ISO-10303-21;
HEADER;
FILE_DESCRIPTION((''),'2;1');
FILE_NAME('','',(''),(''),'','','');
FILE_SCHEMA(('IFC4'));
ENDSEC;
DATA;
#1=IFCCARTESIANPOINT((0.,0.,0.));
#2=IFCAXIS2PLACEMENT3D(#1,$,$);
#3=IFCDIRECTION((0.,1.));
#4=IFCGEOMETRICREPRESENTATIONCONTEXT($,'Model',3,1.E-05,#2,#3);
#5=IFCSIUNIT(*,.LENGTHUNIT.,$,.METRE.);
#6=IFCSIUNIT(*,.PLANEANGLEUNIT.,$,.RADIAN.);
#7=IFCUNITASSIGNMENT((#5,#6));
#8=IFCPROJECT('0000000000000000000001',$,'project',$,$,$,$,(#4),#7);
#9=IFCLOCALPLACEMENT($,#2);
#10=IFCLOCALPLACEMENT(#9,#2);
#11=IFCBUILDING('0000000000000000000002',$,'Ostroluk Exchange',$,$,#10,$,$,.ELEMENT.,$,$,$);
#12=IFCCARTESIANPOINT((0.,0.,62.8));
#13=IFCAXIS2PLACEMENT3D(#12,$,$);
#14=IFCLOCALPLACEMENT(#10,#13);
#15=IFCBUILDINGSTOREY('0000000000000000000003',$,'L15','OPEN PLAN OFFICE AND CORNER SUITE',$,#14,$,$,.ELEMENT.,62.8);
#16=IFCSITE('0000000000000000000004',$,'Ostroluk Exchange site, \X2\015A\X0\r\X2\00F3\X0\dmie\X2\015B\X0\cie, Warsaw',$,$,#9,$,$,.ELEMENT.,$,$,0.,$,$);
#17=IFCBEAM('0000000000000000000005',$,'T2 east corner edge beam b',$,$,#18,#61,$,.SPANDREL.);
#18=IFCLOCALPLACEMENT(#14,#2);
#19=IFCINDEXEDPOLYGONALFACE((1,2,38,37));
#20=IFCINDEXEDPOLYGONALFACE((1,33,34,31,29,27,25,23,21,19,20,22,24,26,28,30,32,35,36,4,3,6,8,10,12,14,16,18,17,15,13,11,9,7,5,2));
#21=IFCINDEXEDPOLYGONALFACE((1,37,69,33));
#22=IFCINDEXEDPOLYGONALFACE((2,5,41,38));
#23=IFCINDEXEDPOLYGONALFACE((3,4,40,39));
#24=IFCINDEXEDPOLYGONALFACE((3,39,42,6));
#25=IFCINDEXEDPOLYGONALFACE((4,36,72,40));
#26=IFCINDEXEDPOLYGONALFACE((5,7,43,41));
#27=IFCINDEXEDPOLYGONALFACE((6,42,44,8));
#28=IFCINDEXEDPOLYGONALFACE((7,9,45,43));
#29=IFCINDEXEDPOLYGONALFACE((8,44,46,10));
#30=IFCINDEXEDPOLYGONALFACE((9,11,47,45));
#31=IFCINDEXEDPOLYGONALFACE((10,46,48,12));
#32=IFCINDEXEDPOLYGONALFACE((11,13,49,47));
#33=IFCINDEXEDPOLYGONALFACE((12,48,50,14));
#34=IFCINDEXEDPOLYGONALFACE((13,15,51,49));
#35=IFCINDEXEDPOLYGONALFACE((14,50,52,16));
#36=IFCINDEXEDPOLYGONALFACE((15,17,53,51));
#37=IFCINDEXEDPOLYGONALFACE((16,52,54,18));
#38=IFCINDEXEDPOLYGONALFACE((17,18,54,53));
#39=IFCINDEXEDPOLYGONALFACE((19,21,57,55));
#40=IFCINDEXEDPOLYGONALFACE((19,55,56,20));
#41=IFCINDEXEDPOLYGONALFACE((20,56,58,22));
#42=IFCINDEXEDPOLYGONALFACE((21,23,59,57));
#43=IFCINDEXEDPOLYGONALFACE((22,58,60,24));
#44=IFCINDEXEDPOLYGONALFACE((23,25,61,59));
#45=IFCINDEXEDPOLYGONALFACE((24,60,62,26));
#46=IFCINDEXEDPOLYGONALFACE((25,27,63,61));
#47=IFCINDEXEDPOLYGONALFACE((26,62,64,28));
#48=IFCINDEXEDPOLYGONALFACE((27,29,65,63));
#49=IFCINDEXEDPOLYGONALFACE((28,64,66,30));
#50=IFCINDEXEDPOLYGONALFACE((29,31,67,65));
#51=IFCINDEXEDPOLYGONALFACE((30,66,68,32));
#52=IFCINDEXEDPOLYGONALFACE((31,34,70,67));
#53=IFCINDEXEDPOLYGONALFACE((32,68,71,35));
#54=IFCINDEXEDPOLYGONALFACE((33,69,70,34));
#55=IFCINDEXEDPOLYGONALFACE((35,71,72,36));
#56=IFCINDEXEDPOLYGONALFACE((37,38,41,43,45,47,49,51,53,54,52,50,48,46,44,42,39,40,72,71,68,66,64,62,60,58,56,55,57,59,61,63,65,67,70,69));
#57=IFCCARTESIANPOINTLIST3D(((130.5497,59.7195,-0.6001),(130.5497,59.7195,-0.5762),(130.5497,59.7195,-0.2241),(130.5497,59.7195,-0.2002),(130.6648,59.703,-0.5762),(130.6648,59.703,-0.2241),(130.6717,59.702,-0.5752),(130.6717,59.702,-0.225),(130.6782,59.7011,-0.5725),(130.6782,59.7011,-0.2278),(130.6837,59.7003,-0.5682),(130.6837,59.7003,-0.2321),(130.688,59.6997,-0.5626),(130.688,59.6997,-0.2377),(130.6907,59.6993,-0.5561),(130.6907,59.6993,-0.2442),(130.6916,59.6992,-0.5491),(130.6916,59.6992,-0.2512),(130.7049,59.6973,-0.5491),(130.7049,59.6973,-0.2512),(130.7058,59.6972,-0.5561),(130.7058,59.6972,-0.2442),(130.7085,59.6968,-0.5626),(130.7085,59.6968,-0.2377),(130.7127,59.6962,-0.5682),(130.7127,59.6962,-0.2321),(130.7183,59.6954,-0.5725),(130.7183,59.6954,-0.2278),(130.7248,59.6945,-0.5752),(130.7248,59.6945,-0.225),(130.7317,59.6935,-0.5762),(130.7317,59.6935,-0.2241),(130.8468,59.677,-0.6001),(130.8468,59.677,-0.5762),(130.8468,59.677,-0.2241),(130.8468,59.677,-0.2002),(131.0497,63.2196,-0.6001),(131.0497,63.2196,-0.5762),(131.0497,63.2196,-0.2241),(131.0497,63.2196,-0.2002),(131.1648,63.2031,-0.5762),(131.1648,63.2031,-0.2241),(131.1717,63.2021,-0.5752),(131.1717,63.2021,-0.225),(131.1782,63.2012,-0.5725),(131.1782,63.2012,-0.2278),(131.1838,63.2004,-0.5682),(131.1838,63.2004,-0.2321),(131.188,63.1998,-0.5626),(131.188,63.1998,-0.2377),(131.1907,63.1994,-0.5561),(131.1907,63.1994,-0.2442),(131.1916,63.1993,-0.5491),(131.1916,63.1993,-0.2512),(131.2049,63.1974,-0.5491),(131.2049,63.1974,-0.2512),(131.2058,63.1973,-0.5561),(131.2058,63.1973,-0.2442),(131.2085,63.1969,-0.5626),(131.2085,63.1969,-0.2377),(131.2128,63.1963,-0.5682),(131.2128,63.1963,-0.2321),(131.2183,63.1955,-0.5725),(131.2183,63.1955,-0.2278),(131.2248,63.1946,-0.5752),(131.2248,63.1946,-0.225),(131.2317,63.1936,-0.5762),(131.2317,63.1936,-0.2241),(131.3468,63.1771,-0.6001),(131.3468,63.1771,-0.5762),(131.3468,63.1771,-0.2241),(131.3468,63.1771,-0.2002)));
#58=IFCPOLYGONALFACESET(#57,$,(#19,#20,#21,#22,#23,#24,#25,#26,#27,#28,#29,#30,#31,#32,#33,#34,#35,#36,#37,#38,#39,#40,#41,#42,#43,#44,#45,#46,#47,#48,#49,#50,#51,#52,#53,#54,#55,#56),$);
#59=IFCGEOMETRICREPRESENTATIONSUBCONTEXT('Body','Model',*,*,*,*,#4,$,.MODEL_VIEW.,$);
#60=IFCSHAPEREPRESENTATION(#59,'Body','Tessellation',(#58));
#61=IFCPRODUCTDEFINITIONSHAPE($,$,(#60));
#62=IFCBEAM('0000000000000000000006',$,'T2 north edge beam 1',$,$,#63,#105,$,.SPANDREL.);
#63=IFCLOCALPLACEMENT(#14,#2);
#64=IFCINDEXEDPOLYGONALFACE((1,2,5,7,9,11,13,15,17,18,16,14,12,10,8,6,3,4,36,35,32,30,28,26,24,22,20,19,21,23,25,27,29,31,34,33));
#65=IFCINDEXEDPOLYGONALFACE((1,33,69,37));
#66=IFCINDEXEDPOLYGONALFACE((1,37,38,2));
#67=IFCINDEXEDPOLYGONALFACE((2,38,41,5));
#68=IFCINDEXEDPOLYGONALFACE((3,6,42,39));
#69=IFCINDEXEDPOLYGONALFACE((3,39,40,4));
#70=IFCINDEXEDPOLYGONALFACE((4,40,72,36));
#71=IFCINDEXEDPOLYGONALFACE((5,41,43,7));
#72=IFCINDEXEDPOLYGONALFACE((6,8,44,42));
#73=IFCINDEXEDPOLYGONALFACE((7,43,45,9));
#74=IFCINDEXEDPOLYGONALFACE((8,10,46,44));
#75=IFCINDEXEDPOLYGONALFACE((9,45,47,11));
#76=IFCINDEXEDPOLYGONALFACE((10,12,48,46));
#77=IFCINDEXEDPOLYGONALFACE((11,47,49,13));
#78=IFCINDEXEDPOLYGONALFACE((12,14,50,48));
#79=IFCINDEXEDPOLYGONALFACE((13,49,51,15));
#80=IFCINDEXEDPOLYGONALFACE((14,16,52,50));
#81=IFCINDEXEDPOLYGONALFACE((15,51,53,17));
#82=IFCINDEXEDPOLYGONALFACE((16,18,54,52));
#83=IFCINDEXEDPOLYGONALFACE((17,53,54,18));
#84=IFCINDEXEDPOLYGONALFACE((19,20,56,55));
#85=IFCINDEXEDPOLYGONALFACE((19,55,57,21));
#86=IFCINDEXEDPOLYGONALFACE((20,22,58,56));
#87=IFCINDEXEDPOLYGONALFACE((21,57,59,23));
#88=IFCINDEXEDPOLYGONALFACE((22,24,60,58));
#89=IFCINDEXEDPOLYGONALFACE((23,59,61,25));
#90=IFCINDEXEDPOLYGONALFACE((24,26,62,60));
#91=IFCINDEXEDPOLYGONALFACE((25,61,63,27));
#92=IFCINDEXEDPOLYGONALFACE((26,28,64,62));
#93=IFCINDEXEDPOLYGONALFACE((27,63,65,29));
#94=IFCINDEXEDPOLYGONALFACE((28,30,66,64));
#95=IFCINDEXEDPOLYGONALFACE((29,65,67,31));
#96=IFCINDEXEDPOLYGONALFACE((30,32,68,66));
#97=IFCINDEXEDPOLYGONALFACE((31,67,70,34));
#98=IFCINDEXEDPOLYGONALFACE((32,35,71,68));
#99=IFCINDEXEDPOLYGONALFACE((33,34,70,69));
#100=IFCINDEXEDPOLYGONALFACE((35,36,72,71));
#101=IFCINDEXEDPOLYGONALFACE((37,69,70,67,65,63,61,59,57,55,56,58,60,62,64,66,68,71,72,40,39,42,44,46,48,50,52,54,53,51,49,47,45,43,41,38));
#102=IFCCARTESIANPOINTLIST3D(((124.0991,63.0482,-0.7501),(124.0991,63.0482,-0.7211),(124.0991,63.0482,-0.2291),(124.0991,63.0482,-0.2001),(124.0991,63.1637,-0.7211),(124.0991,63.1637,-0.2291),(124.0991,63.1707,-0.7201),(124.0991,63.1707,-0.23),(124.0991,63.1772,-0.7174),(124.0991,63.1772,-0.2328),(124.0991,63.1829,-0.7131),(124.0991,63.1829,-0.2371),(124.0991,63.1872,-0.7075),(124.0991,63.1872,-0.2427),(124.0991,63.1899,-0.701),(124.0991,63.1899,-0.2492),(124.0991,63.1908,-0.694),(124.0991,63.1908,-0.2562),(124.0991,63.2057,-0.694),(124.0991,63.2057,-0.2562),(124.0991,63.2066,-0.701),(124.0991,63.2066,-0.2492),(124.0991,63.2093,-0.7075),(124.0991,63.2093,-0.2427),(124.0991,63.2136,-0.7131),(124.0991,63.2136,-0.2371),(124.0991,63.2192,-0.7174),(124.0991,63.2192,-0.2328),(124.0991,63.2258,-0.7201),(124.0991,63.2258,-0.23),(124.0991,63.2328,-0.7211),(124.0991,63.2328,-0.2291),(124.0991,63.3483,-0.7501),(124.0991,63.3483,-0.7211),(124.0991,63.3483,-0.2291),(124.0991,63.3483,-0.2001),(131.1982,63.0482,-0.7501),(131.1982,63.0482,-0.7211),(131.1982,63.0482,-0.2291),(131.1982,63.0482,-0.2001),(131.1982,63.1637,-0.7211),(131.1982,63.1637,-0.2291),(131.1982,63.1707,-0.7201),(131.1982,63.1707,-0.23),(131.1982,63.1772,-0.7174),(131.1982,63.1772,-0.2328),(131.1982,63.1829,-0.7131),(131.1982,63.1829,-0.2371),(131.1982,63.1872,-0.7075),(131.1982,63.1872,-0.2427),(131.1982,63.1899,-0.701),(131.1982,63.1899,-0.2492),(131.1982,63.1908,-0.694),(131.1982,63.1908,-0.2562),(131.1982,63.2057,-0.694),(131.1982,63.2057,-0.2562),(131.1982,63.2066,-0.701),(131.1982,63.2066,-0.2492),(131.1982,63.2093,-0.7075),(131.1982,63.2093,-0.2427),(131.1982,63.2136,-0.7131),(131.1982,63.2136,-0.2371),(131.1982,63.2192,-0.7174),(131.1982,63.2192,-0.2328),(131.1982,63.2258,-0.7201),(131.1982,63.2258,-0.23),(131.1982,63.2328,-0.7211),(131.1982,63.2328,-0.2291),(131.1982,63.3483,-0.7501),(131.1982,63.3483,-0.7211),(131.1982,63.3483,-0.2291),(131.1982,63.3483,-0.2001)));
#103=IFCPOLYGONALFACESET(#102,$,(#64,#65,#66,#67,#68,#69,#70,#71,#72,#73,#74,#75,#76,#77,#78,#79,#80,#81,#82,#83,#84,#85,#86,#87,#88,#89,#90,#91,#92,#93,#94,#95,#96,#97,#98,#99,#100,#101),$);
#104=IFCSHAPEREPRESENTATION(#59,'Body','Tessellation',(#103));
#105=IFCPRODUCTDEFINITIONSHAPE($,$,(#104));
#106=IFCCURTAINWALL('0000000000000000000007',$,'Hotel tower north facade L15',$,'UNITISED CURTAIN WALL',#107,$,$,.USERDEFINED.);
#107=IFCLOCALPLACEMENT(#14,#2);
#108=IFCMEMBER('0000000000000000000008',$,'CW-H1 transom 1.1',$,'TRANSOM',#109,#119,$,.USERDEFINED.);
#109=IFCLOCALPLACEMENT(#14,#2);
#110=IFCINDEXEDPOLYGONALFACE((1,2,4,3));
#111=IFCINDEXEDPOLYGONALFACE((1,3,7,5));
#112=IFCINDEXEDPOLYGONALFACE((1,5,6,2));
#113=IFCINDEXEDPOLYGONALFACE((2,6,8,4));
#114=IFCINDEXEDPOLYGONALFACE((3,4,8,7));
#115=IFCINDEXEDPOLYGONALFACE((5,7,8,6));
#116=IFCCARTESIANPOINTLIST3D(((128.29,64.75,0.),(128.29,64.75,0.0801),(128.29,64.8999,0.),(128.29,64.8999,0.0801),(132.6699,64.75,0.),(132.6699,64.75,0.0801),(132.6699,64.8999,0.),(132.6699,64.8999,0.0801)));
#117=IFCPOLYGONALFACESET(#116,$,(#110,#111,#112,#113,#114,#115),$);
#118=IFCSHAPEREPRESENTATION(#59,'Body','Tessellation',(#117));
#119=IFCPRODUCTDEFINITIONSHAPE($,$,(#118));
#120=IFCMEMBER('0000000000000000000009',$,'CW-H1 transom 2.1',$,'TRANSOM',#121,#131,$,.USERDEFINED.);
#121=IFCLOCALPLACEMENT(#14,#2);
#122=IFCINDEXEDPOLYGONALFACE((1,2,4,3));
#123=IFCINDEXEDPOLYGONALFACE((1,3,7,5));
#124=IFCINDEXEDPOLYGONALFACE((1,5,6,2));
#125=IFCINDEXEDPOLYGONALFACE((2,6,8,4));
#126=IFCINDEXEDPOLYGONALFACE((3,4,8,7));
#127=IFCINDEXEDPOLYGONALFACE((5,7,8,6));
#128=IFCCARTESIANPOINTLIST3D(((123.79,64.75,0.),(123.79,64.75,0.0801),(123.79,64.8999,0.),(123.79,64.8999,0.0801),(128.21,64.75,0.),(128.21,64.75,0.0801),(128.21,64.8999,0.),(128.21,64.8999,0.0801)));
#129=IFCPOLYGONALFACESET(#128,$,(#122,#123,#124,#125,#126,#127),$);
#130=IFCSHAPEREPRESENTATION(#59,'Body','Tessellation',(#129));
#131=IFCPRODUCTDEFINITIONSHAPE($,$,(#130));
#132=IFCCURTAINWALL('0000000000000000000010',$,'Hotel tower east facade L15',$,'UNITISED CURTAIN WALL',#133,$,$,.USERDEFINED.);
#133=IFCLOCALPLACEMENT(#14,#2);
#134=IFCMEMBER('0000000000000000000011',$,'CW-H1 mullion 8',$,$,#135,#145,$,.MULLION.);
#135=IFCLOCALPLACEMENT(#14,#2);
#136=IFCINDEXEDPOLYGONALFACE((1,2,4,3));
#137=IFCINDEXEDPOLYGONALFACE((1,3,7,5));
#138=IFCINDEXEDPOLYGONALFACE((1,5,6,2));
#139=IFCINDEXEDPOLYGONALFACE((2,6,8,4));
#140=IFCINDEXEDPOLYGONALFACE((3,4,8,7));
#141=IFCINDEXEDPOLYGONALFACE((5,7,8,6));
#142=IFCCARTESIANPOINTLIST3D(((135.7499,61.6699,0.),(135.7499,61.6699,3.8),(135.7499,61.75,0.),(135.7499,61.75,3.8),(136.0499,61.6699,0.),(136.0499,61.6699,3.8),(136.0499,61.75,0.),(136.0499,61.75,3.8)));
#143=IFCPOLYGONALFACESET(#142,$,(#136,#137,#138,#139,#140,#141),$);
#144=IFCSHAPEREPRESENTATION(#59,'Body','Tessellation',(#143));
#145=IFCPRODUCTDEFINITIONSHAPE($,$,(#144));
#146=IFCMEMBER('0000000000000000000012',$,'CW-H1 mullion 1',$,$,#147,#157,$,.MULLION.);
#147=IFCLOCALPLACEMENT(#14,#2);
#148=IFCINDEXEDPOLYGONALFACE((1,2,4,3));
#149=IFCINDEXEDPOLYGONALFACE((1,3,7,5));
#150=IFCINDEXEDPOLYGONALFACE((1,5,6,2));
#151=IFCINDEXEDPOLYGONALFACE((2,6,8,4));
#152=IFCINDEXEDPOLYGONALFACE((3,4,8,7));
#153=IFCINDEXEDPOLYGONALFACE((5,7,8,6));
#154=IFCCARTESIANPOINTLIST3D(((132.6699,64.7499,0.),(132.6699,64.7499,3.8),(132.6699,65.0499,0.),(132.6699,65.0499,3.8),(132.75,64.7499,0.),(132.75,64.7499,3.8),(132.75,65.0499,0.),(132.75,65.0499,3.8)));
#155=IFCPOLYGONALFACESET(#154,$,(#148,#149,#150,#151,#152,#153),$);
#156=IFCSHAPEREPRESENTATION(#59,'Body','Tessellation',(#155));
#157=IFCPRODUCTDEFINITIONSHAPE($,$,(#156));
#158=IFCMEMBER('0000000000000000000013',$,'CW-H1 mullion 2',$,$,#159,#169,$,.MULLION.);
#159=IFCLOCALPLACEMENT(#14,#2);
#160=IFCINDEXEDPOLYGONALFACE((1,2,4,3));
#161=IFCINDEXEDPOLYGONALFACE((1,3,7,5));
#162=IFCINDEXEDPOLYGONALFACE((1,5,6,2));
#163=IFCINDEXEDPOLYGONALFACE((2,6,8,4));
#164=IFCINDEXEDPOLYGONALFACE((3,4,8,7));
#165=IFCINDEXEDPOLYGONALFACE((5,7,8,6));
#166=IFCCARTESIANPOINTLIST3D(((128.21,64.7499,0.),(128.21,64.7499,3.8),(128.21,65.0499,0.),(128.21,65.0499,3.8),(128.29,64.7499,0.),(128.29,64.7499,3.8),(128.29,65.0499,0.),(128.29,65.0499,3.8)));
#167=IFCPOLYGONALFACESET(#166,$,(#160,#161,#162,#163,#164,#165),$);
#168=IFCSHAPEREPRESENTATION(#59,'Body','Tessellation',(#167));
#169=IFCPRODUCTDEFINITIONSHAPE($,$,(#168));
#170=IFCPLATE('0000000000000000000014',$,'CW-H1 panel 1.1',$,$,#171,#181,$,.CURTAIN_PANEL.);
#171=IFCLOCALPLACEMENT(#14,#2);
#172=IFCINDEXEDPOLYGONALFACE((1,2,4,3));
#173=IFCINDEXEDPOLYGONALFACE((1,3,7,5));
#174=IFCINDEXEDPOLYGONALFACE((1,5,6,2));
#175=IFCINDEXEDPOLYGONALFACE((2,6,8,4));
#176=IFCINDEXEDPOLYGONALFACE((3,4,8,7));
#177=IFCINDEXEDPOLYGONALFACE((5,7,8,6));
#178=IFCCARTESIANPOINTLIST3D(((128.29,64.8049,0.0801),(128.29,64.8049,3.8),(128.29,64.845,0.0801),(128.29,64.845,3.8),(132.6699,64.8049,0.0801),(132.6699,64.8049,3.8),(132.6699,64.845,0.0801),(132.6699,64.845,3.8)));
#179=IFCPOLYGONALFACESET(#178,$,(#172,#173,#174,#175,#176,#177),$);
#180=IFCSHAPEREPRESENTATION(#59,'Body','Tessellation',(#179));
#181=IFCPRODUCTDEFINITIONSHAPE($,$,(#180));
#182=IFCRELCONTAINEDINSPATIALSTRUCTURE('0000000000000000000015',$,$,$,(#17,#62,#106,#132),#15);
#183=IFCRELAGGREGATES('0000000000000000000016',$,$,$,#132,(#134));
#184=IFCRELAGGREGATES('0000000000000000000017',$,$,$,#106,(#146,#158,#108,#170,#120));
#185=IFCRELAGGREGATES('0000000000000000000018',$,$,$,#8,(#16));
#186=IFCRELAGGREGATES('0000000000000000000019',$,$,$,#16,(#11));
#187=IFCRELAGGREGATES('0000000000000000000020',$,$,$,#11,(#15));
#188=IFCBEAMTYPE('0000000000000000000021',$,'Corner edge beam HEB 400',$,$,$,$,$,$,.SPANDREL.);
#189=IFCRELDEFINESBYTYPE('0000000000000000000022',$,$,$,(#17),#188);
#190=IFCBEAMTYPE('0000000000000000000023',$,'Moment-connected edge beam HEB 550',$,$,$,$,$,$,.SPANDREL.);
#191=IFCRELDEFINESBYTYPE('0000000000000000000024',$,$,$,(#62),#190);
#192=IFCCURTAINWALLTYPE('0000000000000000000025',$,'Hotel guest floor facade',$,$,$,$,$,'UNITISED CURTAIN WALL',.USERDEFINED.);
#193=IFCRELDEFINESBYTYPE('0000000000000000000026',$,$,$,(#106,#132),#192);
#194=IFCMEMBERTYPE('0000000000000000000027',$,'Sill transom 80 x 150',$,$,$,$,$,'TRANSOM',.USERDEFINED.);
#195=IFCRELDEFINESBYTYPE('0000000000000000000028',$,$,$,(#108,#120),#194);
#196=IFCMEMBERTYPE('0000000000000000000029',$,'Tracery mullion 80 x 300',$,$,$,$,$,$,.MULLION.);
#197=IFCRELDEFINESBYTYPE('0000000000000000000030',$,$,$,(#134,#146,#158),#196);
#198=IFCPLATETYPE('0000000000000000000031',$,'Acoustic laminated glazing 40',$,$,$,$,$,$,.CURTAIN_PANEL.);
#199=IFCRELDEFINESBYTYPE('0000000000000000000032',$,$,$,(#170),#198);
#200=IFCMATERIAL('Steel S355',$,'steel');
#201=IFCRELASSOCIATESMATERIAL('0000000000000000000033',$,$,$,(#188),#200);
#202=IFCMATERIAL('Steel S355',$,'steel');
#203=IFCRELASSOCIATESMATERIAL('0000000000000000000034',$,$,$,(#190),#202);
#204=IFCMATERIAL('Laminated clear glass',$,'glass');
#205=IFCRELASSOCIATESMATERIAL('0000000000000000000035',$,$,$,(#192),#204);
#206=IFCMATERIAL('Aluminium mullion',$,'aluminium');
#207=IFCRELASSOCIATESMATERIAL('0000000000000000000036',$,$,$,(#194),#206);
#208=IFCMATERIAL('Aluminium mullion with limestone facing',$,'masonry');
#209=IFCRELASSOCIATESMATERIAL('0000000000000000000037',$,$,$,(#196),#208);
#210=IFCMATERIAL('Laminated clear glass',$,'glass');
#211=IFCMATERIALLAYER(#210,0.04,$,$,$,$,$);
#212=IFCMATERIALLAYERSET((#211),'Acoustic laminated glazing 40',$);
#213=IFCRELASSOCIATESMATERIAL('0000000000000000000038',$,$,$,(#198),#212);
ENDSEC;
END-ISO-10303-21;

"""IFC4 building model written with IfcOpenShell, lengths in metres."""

from ifc_helpers import new_model, si_unit, direction, frame, origin, origin_2d, place, context, subcontext, project, spatial, rectangle, i_section, extrude, material, layer, layer_set, material_profile, profile_set, type_object, element, aggregate, save


model = new_model("IFC4")

# Units and contexts
model_context = context("Model", 3, precision=1e-05, world=origin(), true_north=direction((0.0, 1.0)))
body_context = subcontext(model_context, "Body", "Model", "MODEL_VIEW")
ifc_project = project(units=[si_unit("LENGTHUNIT", "METRE"), si_unit("PLANEANGLEUNIT", "RADIAN")], contexts=[model_context])

# Site, building, storey
site_placement = place(None, origin())
site = spatial("IfcSite", under=ifc_project, at=site_placement, Name="Ostroluk Exchange site, Śródmieście, Warsaw", CompositionType="ELEMENT", RefElevation=0.0)
building_placement = place(site_placement, origin())
building = spatial("IfcBuilding", under=site, at=building_placement, Name="Ostroluk Exchange", CompositionType="ELEMENT")
storey_placement = place(building_placement, frame((0.0, 0.0, 62.8)))
storey = spatial("IfcBuildingStorey", under=building, at=storey_placement, Name="L15", Description="OPEN PLAN OFFICE AND CORNER SUITE", CompositionType="ELEMENT", Elevation=62.8)

# Beams
ifc_material_1 = material(Name="Steel S355", Category="steel")
ifc_material_profile_1 = material_profile(ifc_material_1, i_section(OverallWidth=0.3, OverallDepth=0.3999, WebThickness=0.0134, FlangeThickness=0.0239, FilletRadius=0.0271, at=origin_2d()), Name="HEB 400")
ifc_profile_set_1 = profile_set([ifc_material_profile_1], Name="Steel S355")
beam_type_1 = type_object("IfcBeamType", Name="Corner edge beam HEB 400", PredefinedType="SPANDREL", material=ifc_profile_set_1)
for number, where, z_axis, x_axis, name in (
    (1, (130.6982, 59.6982, -0.4001), (0.141421, 0.989949, 0.0), (-0.989949, 0.141421, 0.0), "T2 east corner edge beam b"),
):
    element("IfcBeam", number, at=place(storey_placement, frame(where, z_axis=z_axis, x_axis=x_axis)), inside=storey, type_object=beam_type_1, Name=name, PredefinedType="SPANDREL", context=body_context, shape_type="SweptSolid", body=[
        extrude(i_section(OverallWidth=0.3, OverallDepth=0.3999, WebThickness=0.0134, FlangeThickness=0.0239, FilletRadius=0.0271, at=origin_2d()), origin(), (0.0, 0.0, 1.0), 3.5356),
    ])
ifc_material_2 = material(Name="Steel S355", Category="steel")
ifc_material_profile_2 = material_profile(ifc_material_2, i_section(OverallWidth=0.3, OverallDepth=0.55, WebThickness=0.0149, FlangeThickness=0.0291, FilletRadius=0.0271, at=origin_2d()), Name="HEB 550")
ifc_profile_set_2 = profile_set([ifc_material_profile_2], Name="Steel S355")
beam_type_2 = type_object("IfcBeamType", Name="Moment-connected edge beam HEB 550", PredefinedType="SPANDREL", material=ifc_profile_set_2)
beam_1_placement = place(storey_placement, frame((131.1982, 63.1982, -0.4751), z_axis=(-1.0, 0.0, 0.0), x_axis=(0.0, -1.0, 0.0)))
element("IfcBeam", 2, at=beam_1_placement, inside=storey, type_object=beam_type_2, Name="T2 north edge beam 1", PredefinedType="SPANDREL", context=body_context, shape_type="SweptSolid", body=[
    extrude(i_section(OverallWidth=0.3, OverallDepth=0.55, WebThickness=0.0149, FlangeThickness=0.0291, FilletRadius=0.0271, at=origin_2d()), origin(), (0.0, 0.0, 1.0), 7.0991),
])

# Curtain wall, members
ifc_material_3 = material(Name="Laminated clear glass", Category="glass")
curtain_wall_type = type_object("IfcCurtainWallType", Name="Hotel guest floor facade", ElementType="UNITISED CURTAIN WALL", PredefinedType="USERDEFINED", material=ifc_material_3)
curtain_wall_1_placement = place(storey_placement, origin())
curtain_wall_1 = element("IfcCurtainWall", 3, at=curtain_wall_1_placement, inside=storey, type_object=curtain_wall_type, Name="Hotel tower north facade L15", ObjectType="UNITISED CURTAIN WALL", PredefinedType="USERDEFINED")
ifc_material_4 = material(Name="Aluminium mullion", Category="aluminium")
ifc_material_profile_3 = material_profile(ifc_material_4, rectangle(XDim=0.1499, YDim=0.0801, at=origin_2d()), Name="Sill transom 80 x 150")
ifc_profile_set_3 = profile_set([ifc_material_profile_3], Name="Aluminium mullion")
member_type_1 = type_object("IfcMemberType", Name="Sill transom 80 x 150", ElementType="TRANSOM", PredefinedType="USERDEFINED", material=ifc_profile_set_3)
member_1_placement = place(storey_placement, frame((132.6699, 64.825, 0.04), z_axis=(-1.0, 0.0, 0.0), x_axis=(0.0, -1.0, 0.0)))
member_1 = element("IfcMember", 4, at=member_1_placement, type_object=member_type_1, Name="CW-H1 transom 1.1", ObjectType="TRANSOM", PredefinedType="USERDEFINED", context=body_context, shape_type="SweptSolid", body=[
    extrude(rectangle(XDim=0.1499, YDim=0.0801, at=origin_2d()), origin(), (0.0, 0.0, 1.0), 4.3799),
])
member_2_placement = place(storey_placement, frame((128.21, 64.825, 0.04), z_axis=(-1.0, 0.0, 0.0), x_axis=(0.0, -1.0, 0.0)))
member_2 = element("IfcMember", 5, at=member_2_placement, type_object=member_type_1, Name="CW-H1 transom 2.1", ObjectType="TRANSOM", PredefinedType="USERDEFINED", context=body_context, shape_type="SweptSolid", body=[
    extrude(rectangle(XDim=0.1499, YDim=0.0801, at=origin_2d()), origin(), (0.0, 0.0, 1.0), 4.4199),
])

# Curtain wall, member
curtain_wall_2_placement = place(storey_placement, origin())
curtain_wall_2 = element("IfcCurtainWall", 6, at=curtain_wall_2_placement, inside=storey, type_object=curtain_wall_type, Name="Hotel tower east facade L15", ObjectType="UNITISED CURTAIN WALL", PredefinedType="USERDEFINED")
ifc_material_5 = material(Name="Aluminium mullion with limestone facing", Category="masonry")
ifc_material_profile_4 = material_profile(ifc_material_5, rectangle(XDim=0.3, YDim=0.0801, at=origin_2d()), Name="Tracery mullion 80 x 300")
ifc_profile_set_4 = profile_set([ifc_material_profile_4], Name="Aluminium mullion with limestone facing")
member_type_2 = type_object("IfcMemberType", Name="Tracery mullion 80 x 300", PredefinedType="MULLION", material=ifc_profile_set_4)
member_3_placement = place(storey_placement, frame((135.8999, 61.71, 0.0), z_axis=(0.0, 0.0, 1.0), x_axis=(-1.0, 0.0, 0.0)))
member_3 = element("IfcMember", 7, at=member_3_placement, type_object=member_type_2, Name="CW-H1 mullion 8", PredefinedType="MULLION", context=body_context, shape_type="SweptSolid", body=[
    extrude(rectangle(XDim=0.3, YDim=0.0801, at=origin_2d()), origin(), (0.0, 0.0, 1.0), 3.8),
])
aggregate(curtain_wall_2, [member_3])

# Members
member_4_placement = place(storey_placement, frame((132.71, 64.8999, 0.0), z_axis=(0.0, 0.0, 1.0), x_axis=(0.0, -1.0, 0.0)))
member_4 = element("IfcMember", 8, at=member_4_placement, type_object=member_type_2, Name="CW-H1 mullion 1", PredefinedType="MULLION", context=body_context, shape_type="SweptSolid", body=[
    extrude(rectangle(XDim=0.3, YDim=0.0801, at=origin_2d()), origin(), (0.0, 0.0, 1.0), 3.8),
])
member_5_placement = place(storey_placement, frame((128.25, 64.8999, 0.0), z_axis=(0.0, 0.0, 1.0), x_axis=(0.0, -1.0, 0.0)))
member_5 = element("IfcMember", 9, at=member_5_placement, type_object=member_type_2, Name="CW-H1 mullion 2", PredefinedType="MULLION", context=body_context, shape_type="SweptSolid", body=[
    extrude(rectangle(XDim=0.3, YDim=0.0801, at=origin_2d()), origin(), (0.0, 0.0, 1.0), 3.8),
])

# Plate
ifc_material_6 = material(Name="Laminated clear glass", Category="glass")
ifc_layer_1 = layer(ifc_material_6, 0.04)
ifc_layer_set_1 = layer_set([ifc_layer_1], Name="Acoustic laminated glazing 40")
plate_type_1 = type_object("IfcPlateType", Name="Acoustic laminated glazing 40", PredefinedType="CURTAIN_PANEL", material=ifc_layer_set_1)
plate_1_placement = place(storey_placement, frame((130.48, 64.825, 0.0801), z_axis=(0.0, 0.0, 1.0), x_axis=(-1.0, 0.0, 0.0)))
plate_1 = element("IfcPlate", 10, at=plate_1_placement, type_object=plate_type_1, Name="CW-H1 panel 1.1", PredefinedType="CURTAIN_PANEL", context=body_context, shape_type="SweptSolid", body=[
    extrude(rectangle(XDim=4.3799, YDim=0.04, at=origin_2d()), origin(), (0.0, 0.0, 1.0), 3.72),
])
aggregate(curtain_wall_1, [member_4, member_5, member_1, plate_1, member_2])

save(model, "model.ifc")
